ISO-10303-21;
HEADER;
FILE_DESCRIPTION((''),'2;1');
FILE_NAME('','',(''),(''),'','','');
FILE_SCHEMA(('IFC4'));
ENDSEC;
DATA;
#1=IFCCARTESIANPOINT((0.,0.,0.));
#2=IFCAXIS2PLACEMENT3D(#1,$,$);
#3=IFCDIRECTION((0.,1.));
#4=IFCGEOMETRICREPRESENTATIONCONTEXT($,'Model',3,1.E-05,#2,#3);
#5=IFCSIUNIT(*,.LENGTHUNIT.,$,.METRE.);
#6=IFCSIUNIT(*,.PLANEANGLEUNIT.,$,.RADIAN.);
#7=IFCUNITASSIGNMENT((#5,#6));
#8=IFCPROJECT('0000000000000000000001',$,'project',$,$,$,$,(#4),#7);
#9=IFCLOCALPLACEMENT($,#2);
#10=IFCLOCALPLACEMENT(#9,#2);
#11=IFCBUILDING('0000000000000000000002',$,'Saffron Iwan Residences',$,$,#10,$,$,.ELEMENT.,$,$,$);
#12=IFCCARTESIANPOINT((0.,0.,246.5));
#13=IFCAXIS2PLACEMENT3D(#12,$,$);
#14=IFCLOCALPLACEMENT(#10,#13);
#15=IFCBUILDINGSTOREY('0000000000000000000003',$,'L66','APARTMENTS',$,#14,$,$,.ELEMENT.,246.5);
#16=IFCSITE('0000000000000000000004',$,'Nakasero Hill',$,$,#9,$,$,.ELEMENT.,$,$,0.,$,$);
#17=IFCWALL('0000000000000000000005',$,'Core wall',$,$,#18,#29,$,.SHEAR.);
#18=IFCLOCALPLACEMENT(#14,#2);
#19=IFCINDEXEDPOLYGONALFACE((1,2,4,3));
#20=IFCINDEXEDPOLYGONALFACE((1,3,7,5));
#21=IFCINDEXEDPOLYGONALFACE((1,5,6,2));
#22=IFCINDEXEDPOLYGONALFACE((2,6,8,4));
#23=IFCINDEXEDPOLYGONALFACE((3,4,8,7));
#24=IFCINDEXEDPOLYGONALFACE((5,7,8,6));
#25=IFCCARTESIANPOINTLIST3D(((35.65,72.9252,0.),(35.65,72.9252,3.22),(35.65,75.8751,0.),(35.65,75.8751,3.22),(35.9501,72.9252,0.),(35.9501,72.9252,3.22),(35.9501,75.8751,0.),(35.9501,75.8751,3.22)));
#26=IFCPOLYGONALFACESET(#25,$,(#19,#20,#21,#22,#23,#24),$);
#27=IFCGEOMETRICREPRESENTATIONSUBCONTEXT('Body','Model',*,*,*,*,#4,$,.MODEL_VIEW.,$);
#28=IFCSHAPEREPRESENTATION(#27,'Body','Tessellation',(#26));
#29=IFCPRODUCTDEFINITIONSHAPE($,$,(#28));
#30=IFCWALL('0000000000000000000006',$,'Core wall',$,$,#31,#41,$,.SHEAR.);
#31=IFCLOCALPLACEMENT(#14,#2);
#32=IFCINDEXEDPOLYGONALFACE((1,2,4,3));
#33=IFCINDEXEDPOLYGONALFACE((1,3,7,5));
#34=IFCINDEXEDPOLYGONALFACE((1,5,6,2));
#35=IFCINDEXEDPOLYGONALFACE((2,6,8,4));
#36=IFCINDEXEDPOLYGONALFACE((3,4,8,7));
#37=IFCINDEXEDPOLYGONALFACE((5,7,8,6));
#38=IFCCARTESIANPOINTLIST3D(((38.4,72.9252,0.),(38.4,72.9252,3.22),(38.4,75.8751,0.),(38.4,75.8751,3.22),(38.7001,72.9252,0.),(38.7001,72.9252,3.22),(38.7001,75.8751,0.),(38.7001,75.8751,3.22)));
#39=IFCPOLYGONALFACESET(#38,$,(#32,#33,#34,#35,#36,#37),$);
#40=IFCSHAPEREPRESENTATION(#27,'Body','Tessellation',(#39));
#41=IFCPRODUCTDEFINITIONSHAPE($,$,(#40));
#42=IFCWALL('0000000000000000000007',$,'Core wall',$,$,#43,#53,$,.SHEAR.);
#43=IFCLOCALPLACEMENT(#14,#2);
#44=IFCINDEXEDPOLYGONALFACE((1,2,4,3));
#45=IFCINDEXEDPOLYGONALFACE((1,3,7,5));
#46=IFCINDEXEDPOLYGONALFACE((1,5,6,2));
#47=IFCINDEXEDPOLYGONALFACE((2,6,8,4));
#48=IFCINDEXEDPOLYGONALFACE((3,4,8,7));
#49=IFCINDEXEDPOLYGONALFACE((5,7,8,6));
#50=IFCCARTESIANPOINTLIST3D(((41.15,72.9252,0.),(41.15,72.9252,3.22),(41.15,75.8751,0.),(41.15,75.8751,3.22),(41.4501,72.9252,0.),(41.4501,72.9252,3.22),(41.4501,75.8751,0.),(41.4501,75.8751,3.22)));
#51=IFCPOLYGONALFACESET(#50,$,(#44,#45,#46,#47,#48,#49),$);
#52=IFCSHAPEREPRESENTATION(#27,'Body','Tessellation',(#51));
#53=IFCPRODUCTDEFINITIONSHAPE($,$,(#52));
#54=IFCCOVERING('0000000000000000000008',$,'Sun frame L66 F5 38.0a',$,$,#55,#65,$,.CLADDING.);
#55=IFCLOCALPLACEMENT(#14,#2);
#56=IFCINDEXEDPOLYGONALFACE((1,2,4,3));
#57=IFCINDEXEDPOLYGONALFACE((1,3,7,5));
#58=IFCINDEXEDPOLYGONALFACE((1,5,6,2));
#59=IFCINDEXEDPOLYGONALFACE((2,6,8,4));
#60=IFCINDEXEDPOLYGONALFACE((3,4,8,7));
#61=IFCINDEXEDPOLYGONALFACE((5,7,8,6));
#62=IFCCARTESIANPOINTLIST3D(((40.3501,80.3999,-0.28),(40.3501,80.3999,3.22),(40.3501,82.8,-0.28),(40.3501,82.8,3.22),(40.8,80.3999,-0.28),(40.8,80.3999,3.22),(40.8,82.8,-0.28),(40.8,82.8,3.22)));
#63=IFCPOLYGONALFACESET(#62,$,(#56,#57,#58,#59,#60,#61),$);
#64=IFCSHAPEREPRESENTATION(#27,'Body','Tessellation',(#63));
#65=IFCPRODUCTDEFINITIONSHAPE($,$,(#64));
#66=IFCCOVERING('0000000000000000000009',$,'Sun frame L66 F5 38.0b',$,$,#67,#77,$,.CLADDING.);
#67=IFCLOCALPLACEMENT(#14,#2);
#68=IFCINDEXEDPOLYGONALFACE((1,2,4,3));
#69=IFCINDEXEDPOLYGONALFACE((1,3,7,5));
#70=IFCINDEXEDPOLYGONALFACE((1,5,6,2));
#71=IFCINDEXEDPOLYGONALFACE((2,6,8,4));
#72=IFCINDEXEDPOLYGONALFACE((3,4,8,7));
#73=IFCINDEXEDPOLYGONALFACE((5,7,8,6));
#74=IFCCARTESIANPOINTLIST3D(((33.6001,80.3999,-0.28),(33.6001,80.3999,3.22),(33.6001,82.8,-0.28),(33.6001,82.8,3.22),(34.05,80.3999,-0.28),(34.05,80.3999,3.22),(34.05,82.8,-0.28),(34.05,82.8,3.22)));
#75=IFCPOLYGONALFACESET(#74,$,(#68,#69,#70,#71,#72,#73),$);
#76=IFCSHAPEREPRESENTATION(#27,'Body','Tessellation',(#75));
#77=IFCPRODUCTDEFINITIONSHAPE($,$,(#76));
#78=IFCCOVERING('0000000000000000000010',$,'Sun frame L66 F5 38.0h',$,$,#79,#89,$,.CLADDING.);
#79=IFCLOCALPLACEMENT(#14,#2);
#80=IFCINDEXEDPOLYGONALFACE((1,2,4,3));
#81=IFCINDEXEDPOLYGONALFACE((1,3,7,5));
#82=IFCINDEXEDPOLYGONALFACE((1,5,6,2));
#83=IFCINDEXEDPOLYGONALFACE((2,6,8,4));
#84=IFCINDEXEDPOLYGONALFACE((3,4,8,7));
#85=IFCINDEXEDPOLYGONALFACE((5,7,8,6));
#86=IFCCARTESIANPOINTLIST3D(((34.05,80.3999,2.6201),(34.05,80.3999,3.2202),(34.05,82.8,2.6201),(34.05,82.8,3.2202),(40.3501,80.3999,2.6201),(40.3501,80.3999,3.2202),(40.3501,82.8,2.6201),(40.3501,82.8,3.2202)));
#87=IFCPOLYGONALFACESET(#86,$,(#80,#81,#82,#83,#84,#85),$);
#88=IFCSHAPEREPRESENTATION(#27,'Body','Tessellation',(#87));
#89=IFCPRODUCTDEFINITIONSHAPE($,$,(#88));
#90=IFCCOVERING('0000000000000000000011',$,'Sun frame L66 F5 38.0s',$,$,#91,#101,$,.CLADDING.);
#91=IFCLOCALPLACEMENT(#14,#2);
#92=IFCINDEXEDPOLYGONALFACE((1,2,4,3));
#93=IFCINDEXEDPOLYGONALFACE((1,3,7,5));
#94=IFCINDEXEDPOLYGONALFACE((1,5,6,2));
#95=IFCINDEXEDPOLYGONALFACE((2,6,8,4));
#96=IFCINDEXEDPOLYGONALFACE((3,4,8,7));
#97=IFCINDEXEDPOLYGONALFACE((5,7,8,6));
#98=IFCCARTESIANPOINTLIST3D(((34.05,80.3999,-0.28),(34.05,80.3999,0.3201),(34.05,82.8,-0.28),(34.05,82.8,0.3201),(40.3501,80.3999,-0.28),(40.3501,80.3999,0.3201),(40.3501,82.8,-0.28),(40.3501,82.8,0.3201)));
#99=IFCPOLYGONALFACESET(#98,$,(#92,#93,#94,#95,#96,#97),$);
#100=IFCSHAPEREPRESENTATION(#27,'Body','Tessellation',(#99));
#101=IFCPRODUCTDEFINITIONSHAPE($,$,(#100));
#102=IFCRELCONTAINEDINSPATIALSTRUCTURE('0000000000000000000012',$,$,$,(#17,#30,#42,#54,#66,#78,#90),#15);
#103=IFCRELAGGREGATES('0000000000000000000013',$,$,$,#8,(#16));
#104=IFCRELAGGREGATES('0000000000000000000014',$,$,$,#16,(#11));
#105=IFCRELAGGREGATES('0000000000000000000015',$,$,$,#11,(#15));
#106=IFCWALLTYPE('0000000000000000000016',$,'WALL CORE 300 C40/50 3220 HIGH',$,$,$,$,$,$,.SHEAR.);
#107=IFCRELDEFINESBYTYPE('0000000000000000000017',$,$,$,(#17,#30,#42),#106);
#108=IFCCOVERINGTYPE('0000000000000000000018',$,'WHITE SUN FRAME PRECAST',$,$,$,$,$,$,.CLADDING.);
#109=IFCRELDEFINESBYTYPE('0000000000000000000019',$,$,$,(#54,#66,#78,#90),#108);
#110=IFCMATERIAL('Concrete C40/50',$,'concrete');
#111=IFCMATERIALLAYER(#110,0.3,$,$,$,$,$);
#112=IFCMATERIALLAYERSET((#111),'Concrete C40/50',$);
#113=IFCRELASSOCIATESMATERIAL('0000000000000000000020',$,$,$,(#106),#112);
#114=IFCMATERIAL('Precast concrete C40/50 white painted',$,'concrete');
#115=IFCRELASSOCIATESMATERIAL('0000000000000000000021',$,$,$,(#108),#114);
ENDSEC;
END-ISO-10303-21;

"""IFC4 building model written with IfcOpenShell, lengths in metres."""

from ifc_helpers import new_model, si_unit, direction, frame, frame_2d, origin, place, context, subcontext, project, spatial, polyline, rectangle, outline, extrude, material, layer, layer_set, type_object, element, save


model = new_model("IFC4")

# Units and contexts
model_context = context("Model", 3, precision=1e-05, world=origin(), true_north=direction((0.0, 1.0)))
body_context = subcontext(model_context, "Body", "Model", "MODEL_VIEW")
ifc_project = project(units=[si_unit("LENGTHUNIT", "METRE"), si_unit("PLANEANGLEUNIT", "RADIAN")], contexts=[model_context])

# Site, building, storey
site_placement = place(None, origin())
site = spatial("IfcSite", under=ifc_project, at=site_placement, Name="Nakasero Hill", CompositionType="ELEMENT", RefElevation=0.0)
building_placement = place(site_placement, origin())
building = spatial("IfcBuilding", under=site, at=building_placement, Name="Saffron Iwan Residences", CompositionType="ELEMENT")
storey_placement = place(building_placement, frame((0.0, 0.0, 246.5)))
storey = spatial("IfcBuildingStorey", under=building, at=storey_placement, Name="L66", Description="APARTMENTS", CompositionType="ELEMENT", Elevation=246.5)

# Shared definitions
ifc_material_1 = material(Name="Concrete C40/50", Category="concrete")

# Shared definitions
ifc_layer_1 = layer(ifc_material_1, 0.3)
ifc_layer_set_1 = layer_set([ifc_layer_1], Name="Concrete C40/50")
wall_type_1 = type_object("IfcWallType", Name="WALL CORE 300 C40/50 3220 HIGH", PredefinedType="SHEAR", material=ifc_layer_set_1)

# Walls
for number, where, z_axis, x_axis, name in (
    (1, (35.8, 72.925, 0.0), (0.0, 0.0, 1.0), (0.0, 1.0, 0.0), "Core wall"),
    (2, (38.55, 72.925, 0.0), (0.0, 0.0, 1.0), (0.0, 1.0, 0.0), "Core wall"),
    (3, (41.3, 72.925, 0.0), (0.0, 0.0, 1.0), (0.0, 1.0, 0.0), "Core wall"),
):
    element("IfcWall", number, at=place(storey_placement, frame(where, z_axis=z_axis, x_axis=x_axis)), inside=storey, type_object=wall_type_1, Name=name, PredefinedType="SHEAR", context=body_context, shape_type="SweptSolid", body=[
        extrude(rectangle(XDim=2.95, YDim=0.3, at=frame_2d((1.4751, 0.0))), origin(), (0.0, 0.0, 1.0), 3.22),
    ])

# Coverings
ifc_material_2 = material(Name="Precast concrete C40/50 white painted", Category="concrete")
covering_type = type_object("IfcCoveringType", Name="WHITE SUN FRAME PRECAST", PredefinedType="CLADDING", material=ifc_material_2)
for number, where, z_axis, x_axis, name in (
    (4, (40.8, 80.3999, -0.28), (0.0, 1.0, 0.0), (-1.0, 0.0, 0.0), "Sun frame L66 F5 38.0a"),
    (5, (34.05, 80.3999, -0.28), (0.0, 1.0, 0.0), (-1.0, 0.0, 0.0), "Sun frame L66 F5 38.0b"),
):
    element("IfcCovering", number, at=place(storey_placement, frame(where, z_axis=z_axis, x_axis=x_axis)), inside=storey, type_object=covering_type, Name=name, PredefinedType="CLADDING", context=body_context, shape_type="SweptSolid", body=[
        extrude(outline(polyline([(0.0, 0.0), (0.45, 0.0), (0.45, 3.5), (0.0, 3.5), (0.0, 0.0)])), origin(), (0.0, 0.0, 1.0), 2.4001),
    ])
for number, where, z_axis, x_axis, name in (
    (6, (40.3501, 80.3999, 2.6201), (0.0, 1.0, 0.0), (-1.0, 0.0, 0.0), "Sun frame L66 F5 38.0h"),
    (7, (40.3501, 80.3999, -0.28), (0.0, 1.0, 0.0), (-1.0, 0.0, 0.0), "Sun frame L66 F5 38.0s"),
):
    element("IfcCovering", number, at=place(storey_placement, frame(where, z_axis=z_axis, x_axis=x_axis)), inside=storey, type_object=covering_type, Name=name, PredefinedType="CLADDING", context=body_context, shape_type="SweptSolid", body=[
        extrude(outline(polyline([(0.0, 0.0), (6.3, 0.0), (6.3, 0.6001), (0.0, 0.6001), (0.0, 0.0)])), origin(), (0.0, 0.0, 1.0), 2.4001),
    ])

save(model, "model.ifc")
